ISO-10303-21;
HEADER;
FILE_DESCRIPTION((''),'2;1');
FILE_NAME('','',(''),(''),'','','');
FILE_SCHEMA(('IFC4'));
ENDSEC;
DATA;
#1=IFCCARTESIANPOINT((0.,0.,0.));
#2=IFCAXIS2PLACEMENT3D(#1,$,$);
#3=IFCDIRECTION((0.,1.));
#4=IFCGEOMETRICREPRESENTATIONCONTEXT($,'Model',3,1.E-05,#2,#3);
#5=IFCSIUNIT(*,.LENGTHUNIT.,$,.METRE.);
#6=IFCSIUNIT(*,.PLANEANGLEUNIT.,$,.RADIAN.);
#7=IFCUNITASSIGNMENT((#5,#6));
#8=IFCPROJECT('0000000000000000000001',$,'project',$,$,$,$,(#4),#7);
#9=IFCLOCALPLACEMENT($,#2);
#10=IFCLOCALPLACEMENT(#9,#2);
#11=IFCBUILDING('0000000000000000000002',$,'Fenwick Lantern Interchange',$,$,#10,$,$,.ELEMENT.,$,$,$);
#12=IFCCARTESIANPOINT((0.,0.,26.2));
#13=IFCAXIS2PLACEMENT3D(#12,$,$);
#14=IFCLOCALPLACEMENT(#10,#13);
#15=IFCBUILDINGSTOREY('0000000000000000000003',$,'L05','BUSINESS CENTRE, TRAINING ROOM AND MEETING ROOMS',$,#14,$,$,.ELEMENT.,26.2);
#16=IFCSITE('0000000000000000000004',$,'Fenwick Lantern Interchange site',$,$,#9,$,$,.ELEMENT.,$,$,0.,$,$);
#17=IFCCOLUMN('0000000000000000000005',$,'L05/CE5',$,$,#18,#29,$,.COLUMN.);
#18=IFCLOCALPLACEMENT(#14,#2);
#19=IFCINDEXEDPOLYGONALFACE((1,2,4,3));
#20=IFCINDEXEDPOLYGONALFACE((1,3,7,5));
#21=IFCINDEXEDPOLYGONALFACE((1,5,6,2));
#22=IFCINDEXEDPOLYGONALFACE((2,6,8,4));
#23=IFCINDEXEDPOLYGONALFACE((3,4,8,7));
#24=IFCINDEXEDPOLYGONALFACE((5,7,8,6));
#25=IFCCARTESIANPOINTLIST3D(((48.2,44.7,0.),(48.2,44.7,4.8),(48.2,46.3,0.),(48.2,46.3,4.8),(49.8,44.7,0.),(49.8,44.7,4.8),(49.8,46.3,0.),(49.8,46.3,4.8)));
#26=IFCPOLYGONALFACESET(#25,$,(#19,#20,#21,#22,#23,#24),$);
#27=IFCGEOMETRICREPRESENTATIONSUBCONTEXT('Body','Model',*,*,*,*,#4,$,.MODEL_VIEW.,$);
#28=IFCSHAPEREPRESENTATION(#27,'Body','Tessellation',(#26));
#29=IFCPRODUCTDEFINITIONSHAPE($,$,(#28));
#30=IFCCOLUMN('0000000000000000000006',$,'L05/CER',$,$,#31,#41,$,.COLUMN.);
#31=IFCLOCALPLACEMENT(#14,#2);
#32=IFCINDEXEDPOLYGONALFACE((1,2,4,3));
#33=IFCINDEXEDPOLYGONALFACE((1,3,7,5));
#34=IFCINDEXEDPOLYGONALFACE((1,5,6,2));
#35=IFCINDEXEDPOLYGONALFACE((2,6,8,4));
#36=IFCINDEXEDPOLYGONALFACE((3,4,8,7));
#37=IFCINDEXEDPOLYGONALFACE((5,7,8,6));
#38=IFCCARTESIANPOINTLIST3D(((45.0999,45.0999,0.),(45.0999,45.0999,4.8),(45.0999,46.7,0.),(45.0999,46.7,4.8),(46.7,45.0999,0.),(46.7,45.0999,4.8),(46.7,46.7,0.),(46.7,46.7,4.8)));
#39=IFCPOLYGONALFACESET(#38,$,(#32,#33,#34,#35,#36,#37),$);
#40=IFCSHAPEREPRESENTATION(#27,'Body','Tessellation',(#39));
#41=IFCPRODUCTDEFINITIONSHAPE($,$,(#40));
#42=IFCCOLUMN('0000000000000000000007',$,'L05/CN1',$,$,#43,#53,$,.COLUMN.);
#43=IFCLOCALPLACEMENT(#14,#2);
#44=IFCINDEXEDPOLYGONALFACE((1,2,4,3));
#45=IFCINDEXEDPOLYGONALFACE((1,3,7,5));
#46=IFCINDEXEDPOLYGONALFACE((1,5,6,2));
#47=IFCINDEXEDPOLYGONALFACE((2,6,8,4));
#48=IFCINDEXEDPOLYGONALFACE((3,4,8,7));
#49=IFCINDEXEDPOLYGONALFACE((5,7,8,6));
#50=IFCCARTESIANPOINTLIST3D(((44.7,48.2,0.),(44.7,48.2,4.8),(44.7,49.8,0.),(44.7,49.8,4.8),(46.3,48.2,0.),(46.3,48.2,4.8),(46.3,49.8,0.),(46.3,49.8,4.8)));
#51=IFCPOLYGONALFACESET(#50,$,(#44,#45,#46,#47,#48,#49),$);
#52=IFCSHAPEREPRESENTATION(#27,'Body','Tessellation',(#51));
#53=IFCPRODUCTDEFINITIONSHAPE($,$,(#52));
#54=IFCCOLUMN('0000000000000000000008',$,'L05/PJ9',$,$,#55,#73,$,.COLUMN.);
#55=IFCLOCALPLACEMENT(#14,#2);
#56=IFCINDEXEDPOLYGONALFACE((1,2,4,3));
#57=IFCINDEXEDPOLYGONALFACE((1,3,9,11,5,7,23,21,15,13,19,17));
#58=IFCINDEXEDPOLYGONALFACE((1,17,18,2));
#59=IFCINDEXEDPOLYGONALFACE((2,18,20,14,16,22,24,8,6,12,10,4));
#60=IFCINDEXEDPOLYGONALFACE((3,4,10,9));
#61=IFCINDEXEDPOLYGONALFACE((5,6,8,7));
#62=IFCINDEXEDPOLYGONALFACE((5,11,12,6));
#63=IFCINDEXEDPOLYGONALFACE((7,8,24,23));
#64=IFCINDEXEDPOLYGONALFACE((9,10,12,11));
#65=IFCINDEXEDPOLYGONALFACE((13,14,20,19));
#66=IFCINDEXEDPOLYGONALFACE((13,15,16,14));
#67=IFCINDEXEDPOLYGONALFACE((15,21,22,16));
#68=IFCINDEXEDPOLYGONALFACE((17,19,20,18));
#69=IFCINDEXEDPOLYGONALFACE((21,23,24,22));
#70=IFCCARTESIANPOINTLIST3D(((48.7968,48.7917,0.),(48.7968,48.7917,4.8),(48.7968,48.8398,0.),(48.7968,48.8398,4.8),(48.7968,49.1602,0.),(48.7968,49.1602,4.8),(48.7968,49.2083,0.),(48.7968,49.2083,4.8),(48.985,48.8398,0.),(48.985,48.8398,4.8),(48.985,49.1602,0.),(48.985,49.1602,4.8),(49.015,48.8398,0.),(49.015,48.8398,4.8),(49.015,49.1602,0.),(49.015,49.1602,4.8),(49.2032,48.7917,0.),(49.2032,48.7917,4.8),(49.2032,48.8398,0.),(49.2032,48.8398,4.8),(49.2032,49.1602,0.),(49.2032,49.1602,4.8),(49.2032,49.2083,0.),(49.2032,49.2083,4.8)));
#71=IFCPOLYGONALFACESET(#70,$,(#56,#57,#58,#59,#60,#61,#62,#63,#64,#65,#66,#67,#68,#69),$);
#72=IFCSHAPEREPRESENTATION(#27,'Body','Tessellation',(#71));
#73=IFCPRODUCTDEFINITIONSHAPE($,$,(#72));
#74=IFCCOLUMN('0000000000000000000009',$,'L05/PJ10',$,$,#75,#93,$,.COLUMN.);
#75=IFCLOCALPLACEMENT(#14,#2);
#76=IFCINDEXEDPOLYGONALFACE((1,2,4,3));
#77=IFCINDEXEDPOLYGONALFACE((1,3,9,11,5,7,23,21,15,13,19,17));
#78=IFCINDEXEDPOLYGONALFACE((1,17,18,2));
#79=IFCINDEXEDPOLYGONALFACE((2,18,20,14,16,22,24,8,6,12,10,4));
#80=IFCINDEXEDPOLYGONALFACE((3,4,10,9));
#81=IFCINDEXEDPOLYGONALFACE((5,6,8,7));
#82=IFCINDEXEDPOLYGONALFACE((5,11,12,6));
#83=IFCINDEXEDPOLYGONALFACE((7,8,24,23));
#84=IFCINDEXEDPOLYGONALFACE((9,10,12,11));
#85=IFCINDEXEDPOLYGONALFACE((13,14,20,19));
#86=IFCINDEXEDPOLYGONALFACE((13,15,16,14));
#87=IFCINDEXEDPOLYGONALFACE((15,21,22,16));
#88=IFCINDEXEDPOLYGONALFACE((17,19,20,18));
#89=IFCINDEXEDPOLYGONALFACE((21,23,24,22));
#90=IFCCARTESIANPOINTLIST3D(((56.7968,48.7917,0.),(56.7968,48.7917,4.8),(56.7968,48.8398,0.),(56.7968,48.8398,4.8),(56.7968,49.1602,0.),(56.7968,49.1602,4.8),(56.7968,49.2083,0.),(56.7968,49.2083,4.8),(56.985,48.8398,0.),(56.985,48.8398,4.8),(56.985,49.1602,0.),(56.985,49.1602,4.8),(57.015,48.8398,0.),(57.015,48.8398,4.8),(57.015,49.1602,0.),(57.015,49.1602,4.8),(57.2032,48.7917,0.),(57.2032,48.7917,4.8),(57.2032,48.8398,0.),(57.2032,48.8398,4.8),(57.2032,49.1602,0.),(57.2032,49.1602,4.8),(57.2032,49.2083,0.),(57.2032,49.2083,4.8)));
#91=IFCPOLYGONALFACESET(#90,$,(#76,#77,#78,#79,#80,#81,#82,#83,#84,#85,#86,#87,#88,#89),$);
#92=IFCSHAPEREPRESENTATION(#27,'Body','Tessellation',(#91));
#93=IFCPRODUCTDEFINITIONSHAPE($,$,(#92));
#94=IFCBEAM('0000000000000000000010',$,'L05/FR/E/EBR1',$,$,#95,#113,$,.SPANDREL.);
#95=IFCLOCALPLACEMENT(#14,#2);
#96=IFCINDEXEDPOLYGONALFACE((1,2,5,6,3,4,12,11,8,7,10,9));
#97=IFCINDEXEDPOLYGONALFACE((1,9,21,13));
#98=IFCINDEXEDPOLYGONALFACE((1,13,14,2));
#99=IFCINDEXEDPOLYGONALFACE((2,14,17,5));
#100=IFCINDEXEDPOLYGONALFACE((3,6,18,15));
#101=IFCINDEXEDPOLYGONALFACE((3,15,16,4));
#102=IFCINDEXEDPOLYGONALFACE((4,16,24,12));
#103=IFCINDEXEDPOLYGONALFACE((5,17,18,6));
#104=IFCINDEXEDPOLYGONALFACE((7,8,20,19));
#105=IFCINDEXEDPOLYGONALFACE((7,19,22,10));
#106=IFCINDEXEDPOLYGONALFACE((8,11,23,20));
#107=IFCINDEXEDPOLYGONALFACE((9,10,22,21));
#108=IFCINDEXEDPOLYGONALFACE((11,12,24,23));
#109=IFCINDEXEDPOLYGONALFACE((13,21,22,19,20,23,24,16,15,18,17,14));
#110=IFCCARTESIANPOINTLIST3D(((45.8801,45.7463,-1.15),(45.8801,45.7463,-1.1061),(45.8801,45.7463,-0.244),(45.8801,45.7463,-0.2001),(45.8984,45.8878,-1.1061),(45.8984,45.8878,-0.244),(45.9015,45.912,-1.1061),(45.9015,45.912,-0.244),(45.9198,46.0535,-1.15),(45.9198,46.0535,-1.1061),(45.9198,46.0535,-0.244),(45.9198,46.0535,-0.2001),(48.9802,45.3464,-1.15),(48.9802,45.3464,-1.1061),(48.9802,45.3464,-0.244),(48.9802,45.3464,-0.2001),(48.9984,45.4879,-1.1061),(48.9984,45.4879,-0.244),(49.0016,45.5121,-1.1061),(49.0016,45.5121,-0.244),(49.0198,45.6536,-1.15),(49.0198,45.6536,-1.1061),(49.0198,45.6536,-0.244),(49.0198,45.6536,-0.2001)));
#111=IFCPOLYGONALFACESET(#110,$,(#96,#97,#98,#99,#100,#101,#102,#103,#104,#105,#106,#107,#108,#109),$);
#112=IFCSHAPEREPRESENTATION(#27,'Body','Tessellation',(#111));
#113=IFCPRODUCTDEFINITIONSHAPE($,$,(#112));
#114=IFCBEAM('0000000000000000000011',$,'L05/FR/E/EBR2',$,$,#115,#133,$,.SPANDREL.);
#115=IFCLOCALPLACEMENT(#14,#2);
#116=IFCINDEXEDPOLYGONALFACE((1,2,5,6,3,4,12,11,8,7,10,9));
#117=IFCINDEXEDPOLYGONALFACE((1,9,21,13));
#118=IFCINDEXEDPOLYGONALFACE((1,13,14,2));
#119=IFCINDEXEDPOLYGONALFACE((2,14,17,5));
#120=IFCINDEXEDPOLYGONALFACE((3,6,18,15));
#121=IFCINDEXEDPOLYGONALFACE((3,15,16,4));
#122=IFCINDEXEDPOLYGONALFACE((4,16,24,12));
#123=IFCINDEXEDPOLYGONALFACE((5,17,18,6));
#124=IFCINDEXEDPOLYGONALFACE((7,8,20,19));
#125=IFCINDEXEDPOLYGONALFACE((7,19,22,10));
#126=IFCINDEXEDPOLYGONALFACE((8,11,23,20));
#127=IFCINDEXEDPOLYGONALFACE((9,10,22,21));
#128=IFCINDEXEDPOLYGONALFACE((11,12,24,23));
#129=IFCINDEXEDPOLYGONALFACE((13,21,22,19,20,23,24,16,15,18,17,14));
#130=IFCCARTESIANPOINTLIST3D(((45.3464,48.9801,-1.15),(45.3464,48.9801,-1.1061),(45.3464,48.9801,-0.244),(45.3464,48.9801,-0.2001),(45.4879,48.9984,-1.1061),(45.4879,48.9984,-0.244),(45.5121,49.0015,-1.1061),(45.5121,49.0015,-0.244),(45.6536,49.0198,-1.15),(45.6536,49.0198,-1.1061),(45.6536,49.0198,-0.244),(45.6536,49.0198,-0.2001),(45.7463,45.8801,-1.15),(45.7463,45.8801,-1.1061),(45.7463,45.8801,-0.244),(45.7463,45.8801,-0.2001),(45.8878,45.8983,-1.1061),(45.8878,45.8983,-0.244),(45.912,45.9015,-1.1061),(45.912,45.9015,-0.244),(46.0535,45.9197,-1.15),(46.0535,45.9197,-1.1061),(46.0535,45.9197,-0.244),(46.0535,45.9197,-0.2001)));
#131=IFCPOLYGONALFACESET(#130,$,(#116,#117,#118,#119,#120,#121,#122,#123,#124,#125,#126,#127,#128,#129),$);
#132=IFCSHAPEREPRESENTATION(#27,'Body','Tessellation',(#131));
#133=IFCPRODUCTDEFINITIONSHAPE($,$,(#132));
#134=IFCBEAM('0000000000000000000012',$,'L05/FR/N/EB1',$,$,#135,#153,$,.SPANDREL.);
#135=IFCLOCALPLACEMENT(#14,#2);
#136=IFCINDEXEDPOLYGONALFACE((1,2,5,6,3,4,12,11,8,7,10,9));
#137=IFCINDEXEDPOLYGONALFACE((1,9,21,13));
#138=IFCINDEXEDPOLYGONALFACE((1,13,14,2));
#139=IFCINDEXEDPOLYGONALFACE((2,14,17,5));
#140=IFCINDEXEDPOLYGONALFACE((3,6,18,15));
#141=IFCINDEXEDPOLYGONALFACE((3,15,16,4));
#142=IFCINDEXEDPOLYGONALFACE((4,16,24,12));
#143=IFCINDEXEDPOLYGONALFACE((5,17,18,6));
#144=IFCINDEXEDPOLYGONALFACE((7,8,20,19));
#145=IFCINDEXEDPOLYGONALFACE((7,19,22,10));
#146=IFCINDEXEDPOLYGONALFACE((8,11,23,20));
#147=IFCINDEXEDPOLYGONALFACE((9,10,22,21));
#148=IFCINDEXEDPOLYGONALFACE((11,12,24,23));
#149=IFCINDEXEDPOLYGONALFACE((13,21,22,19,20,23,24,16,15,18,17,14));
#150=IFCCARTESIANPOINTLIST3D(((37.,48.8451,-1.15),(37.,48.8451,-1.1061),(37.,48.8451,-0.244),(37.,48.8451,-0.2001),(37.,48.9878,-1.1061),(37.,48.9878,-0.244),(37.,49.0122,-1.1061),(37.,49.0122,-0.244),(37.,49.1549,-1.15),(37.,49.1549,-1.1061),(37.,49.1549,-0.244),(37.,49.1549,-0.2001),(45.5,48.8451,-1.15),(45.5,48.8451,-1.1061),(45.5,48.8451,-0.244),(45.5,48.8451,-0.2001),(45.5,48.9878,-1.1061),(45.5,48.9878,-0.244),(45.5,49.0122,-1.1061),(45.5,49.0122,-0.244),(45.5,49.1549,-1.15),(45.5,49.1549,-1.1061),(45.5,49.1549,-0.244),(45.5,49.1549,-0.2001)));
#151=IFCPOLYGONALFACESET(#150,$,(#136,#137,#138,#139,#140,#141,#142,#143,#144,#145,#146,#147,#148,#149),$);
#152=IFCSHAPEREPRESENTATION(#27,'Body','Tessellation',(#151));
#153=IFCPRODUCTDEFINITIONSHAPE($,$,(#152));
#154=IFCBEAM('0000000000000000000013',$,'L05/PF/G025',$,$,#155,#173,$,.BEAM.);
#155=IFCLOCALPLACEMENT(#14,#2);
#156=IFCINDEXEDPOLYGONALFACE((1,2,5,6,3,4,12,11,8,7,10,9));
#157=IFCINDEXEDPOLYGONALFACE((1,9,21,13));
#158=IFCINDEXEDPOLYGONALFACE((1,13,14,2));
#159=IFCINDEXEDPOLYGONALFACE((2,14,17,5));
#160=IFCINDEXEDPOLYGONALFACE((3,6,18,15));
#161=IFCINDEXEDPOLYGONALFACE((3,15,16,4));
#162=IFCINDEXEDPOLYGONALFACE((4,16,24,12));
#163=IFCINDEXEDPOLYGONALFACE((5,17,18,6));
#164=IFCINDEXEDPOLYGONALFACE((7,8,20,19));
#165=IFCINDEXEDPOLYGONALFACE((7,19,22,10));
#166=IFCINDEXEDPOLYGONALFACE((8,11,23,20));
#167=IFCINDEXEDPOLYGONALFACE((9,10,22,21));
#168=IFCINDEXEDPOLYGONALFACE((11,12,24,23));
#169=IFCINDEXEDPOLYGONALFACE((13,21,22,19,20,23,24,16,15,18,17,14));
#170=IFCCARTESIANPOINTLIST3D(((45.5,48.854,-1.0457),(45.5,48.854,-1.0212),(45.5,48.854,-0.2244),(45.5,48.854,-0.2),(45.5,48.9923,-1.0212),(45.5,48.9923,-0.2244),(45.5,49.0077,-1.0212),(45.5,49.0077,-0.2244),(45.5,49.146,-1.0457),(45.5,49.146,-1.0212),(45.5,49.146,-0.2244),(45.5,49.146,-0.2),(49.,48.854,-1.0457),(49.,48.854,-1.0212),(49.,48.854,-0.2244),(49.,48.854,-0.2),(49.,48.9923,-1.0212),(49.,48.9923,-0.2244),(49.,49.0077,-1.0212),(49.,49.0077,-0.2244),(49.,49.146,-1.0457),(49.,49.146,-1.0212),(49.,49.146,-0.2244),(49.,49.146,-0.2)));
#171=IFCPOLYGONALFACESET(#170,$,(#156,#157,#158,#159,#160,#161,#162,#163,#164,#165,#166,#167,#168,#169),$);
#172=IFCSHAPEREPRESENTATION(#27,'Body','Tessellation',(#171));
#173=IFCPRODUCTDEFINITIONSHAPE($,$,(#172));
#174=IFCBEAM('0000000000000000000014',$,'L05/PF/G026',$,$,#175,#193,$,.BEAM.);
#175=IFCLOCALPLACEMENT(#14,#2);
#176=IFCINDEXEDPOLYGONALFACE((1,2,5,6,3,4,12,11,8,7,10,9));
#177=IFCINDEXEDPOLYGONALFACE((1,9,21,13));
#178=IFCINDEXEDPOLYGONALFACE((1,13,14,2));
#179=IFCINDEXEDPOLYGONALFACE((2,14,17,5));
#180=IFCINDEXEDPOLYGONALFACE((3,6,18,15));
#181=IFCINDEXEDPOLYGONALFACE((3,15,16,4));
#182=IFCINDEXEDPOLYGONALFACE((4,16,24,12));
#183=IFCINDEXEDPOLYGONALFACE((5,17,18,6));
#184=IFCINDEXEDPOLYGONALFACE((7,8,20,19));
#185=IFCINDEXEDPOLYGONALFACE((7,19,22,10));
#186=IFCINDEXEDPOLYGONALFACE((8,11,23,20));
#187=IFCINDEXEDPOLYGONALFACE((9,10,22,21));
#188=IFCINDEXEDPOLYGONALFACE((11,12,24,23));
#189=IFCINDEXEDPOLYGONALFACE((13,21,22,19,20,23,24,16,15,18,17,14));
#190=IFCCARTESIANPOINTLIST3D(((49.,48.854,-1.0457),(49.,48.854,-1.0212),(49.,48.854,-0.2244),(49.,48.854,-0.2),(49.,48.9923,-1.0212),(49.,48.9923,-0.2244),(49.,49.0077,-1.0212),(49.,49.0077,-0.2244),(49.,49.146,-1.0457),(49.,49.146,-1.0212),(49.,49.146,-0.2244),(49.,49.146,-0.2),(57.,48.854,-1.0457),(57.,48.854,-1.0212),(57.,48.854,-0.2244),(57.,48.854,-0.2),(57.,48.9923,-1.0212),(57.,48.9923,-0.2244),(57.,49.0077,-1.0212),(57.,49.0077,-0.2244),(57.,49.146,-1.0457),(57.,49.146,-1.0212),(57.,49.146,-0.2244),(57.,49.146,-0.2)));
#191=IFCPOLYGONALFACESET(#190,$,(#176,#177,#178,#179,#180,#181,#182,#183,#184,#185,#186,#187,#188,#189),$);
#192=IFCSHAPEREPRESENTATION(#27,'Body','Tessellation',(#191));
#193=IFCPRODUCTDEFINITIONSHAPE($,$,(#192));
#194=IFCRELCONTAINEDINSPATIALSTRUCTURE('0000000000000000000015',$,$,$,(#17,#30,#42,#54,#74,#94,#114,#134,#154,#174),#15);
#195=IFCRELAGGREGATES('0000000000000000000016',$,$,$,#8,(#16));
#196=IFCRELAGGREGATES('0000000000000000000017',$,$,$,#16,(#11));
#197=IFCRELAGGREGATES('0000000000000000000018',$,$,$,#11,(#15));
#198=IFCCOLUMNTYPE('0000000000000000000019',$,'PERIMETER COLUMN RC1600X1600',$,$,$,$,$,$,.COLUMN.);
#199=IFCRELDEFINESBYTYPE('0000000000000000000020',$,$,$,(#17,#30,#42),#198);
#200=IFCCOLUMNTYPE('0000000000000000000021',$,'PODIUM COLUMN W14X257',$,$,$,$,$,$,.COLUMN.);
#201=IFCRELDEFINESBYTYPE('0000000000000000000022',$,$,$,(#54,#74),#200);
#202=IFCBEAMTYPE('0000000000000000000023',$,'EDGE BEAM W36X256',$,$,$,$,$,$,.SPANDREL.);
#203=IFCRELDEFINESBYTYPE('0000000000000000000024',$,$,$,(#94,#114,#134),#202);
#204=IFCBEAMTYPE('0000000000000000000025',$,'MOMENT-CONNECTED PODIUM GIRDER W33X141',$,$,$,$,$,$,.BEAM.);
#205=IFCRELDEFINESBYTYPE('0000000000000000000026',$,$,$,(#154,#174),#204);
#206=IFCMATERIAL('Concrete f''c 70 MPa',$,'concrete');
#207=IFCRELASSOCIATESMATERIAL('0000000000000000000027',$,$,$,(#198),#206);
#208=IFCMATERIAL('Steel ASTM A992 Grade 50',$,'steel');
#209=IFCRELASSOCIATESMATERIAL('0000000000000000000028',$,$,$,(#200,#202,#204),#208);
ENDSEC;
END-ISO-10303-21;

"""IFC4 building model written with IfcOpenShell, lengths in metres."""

from ifc_helpers import new_model, si_unit, direction, frame, origin, origin_2d, place, context, subcontext, project, spatial, rectangle, i_section, extrude, material, material_profile, profile_set, type_object, element, save


model = new_model("IFC4")

# Units and contexts
model_context = context("Model", 3, precision=1e-05, world=origin(), true_north=direction((0.0, 1.0)))
body_context = subcontext(model_context, "Body", "Model", "MODEL_VIEW")
ifc_project = project(units=[si_unit("LENGTHUNIT", "METRE"), si_unit("PLANEANGLEUNIT", "RADIAN")], contexts=[model_context])

# Site, building, storey
site_placement = place(None, origin())
site = spatial("IfcSite", under=ifc_project, at=site_placement, Name="Fenwick Lantern Interchange site", CompositionType="ELEMENT", RefElevation=0.0)
building_placement = place(site_placement, origin())
building = spatial("IfcBuilding", under=site, at=building_placement, Name="Fenwick Lantern Interchange", CompositionType="ELEMENT")
storey_placement = place(building_placement, frame((0.0, 0.0, 26.2)))
storey = spatial("IfcBuildingStorey", under=building, at=storey_placement, Name="L05", Description="BUSINESS CENTRE, TRAINING ROOM AND MEETING ROOMS", CompositionType="ELEMENT", Elevation=26.2)

# Columns
ifc_material_1 = material(Name="Concrete f'c 70 MPa", Category="concrete")
ifc_material_profile_1 = material_profile(ifc_material_1, rectangle(XDim=1.6001, YDim=1.6001, at=origin_2d()), Name="RC1600X1600")
ifc_profile_set_1 = profile_set([ifc_material_profile_1], Name="Concrete f'c 70 MPa")
column_type_1 = type_object("IfcColumnType", Name="PERIMETER COLUMN RC1600X1600", PredefinedType="COLUMN", material=ifc_profile_set_1)
for number, where, z_axis, x_axis, name in (
    (1, (49.0, 45.5, 0.0), (0.0, 0.0, 1.0), (1.0, 0.0, 0.0), "L05/CE5"),
    (2, (45.8999, 45.8999, 0.0), (0.0, 0.0, 1.0), (1.0, 0.0, 0.0), "L05/CER"),
    (3, (45.5, 49.0, 0.0), (0.0, 0.0, 1.0), (1.0, 0.0, 0.0), "L05/CN1"),
):
    element("IfcColumn", number, at=place(storey_placement, frame(where, z_axis=z_axis, x_axis=x_axis)), inside=storey, type_object=column_type_1, Name=name, PredefinedType="COLUMN", context=body_context, shape_type="SweptSolid", body=[
        extrude(rectangle(XDim=1.6001, YDim=1.6001, at=origin_2d()), origin(), (0.0, 0.0, 1.0), 4.8),
    ])
ifc_material_2 = material(Name="Steel ASTM A992 Grade 50", Category="steel")
ifc_material_profile_2 = material_profile(ifc_material_2, i_section(OverallWidth=0.4065, OverallDepth=0.4165, WebThickness=0.03, FlangeThickness=0.0481, at=origin_2d()), Name="W14X257")
ifc_profile_set_2 = profile_set([ifc_material_profile_2], Name="Steel ASTM A992 Grade 50")
column_type_2 = type_object("IfcColumnType", Name="PODIUM COLUMN W14X257", PredefinedType="COLUMN", material=ifc_profile_set_2)
for number, where, z_axis, x_axis, name in (
    (4, (49.0, 49.0, 0.0), (0.0, 0.0, 1.0), (1.0, 0.0, 0.0), "L05/PJ9"),
    (5, (57.0, 49.0, 0.0), (0.0, 0.0, 1.0), (1.0, 0.0, 0.0), "L05/PJ10"),
):
    element("IfcColumn", number, at=place(storey_placement, frame(where, z_axis=z_axis, x_axis=x_axis)), inside=storey, type_object=column_type_2, Name=name, PredefinedType="COLUMN", context=body_context, shape_type="SweptSolid", body=[
        extrude(i_section(OverallWidth=0.4065, OverallDepth=0.4165, WebThickness=0.03, FlangeThickness=0.0481, at=origin_2d()), origin(), (0.0, 0.0, 1.0), 4.8),
    ])

# Beams
ifc_material_profile_3 = material_profile(ifc_material_2, i_section(OverallWidth=0.3098, OverallDepth=0.95, WebThickness=0.0244, FlangeThickness=0.0439, at=origin_2d()), Name="W36X256")
ifc_profile_set_3 = profile_set([ifc_material_profile_3], Name="Steel ASTM A992 Grade 50")
beam_type_1 = type_object("IfcBeamType", Name="EDGE BEAM W36X256", PredefinedType="SPANDREL", material=ifc_profile_set_3)
for number, where, z_axis, x_axis, name in (
    (6, (49.0, 45.5, -0.675), (-0.991782, 0.127937, 0.0), (-0.127937, -0.991782, 0.0), "L05/FR/E/EBR1"),
    (7, (45.8999, 45.8999, -0.675), (-0.127937, 0.991782, 0.0), (-0.991782, -0.127937, 0.0), "L05/FR/E/EBR2"),
):
    element("IfcBeam", number, at=place(storey_placement, frame(where, z_axis=z_axis, x_axis=x_axis)), inside=storey, type_object=beam_type_1, Name=name, PredefinedType="SPANDREL", context=body_context, shape_type="SweptSolid", body=[
        extrude(i_section(OverallWidth=0.3098, OverallDepth=0.95, WebThickness=0.0244, FlangeThickness=0.0439, at=origin_2d()), origin(), (0.0, 0.0, 1.0), 3.1257),
    ])
beam_1_placement = place(storey_placement, frame((45.5, 49.0, -0.675), z_axis=(-1.0, 0.0, 0.0), x_axis=(0.0, -1.0, 0.0)))
element("IfcBeam", 8, at=beam_1_placement, inside=storey, type_object=beam_type_1, Name="L05/FR/N/EB1", PredefinedType="SPANDREL", context=body_context, shape_type="SweptSolid", body=[
    extrude(i_section(OverallWidth=0.3098, OverallDepth=0.95, WebThickness=0.0244, FlangeThickness=0.0439, at=origin_2d()), origin(), (0.0, 0.0, 1.0), 8.5),
])
ifc_material_profile_4 = material_profile(ifc_material_2, i_section(OverallWidth=0.292, OverallDepth=0.8457, WebThickness=0.0154, FlangeThickness=0.0244, at=origin_2d()), Name="W33X141")
ifc_profile_set_4 = profile_set([ifc_material_profile_4], Name="Steel ASTM A992 Grade 50")
beam_type_2 = type_object("IfcBeamType", Name="MOMENT-CONNECTED PODIUM GIRDER W33X141", PredefinedType="BEAM", material=ifc_profile_set_4)
beam_2_placement = place(storey_placement, frame((45.5, 49.0, -0.6228), z_axis=(1.0, 0.0, 0.0), x_axis=(0.0, 1.0, 0.0)))
element("IfcBeam", 9, at=beam_2_placement, inside=storey, type_object=beam_type_2, Name="L05/PF/G025", PredefinedType="BEAM", context=body_context, shape_type="SweptSolid", body=[
    extrude(i_section(OverallWidth=0.292, OverallDepth=0.8457, WebThickness=0.0154, FlangeThickness=0.0244, at=origin_2d()), origin(), (0.0, 0.0, 1.0), 3.5),
])
beam_3_placement = place(storey_placement, frame((49.0, 49.0, -0.6228), z_axis=(1.0, 0.0, 0.0), x_axis=(0.0, 1.0, 0.0)))
element("IfcBeam", 10, at=beam_3_placement, inside=storey, type_object=beam_type_2, Name="L05/PF/G026", PredefinedType="BEAM", context=body_context, shape_type="SweptSolid", body=[
    extrude(i_section(OverallWidth=0.292, OverallDepth=0.8457, WebThickness=0.0154, FlangeThickness=0.0244, at=origin_2d()), origin(), (0.0, 0.0, 1.0), 8.0),
])

save(model, "model.ifc")
